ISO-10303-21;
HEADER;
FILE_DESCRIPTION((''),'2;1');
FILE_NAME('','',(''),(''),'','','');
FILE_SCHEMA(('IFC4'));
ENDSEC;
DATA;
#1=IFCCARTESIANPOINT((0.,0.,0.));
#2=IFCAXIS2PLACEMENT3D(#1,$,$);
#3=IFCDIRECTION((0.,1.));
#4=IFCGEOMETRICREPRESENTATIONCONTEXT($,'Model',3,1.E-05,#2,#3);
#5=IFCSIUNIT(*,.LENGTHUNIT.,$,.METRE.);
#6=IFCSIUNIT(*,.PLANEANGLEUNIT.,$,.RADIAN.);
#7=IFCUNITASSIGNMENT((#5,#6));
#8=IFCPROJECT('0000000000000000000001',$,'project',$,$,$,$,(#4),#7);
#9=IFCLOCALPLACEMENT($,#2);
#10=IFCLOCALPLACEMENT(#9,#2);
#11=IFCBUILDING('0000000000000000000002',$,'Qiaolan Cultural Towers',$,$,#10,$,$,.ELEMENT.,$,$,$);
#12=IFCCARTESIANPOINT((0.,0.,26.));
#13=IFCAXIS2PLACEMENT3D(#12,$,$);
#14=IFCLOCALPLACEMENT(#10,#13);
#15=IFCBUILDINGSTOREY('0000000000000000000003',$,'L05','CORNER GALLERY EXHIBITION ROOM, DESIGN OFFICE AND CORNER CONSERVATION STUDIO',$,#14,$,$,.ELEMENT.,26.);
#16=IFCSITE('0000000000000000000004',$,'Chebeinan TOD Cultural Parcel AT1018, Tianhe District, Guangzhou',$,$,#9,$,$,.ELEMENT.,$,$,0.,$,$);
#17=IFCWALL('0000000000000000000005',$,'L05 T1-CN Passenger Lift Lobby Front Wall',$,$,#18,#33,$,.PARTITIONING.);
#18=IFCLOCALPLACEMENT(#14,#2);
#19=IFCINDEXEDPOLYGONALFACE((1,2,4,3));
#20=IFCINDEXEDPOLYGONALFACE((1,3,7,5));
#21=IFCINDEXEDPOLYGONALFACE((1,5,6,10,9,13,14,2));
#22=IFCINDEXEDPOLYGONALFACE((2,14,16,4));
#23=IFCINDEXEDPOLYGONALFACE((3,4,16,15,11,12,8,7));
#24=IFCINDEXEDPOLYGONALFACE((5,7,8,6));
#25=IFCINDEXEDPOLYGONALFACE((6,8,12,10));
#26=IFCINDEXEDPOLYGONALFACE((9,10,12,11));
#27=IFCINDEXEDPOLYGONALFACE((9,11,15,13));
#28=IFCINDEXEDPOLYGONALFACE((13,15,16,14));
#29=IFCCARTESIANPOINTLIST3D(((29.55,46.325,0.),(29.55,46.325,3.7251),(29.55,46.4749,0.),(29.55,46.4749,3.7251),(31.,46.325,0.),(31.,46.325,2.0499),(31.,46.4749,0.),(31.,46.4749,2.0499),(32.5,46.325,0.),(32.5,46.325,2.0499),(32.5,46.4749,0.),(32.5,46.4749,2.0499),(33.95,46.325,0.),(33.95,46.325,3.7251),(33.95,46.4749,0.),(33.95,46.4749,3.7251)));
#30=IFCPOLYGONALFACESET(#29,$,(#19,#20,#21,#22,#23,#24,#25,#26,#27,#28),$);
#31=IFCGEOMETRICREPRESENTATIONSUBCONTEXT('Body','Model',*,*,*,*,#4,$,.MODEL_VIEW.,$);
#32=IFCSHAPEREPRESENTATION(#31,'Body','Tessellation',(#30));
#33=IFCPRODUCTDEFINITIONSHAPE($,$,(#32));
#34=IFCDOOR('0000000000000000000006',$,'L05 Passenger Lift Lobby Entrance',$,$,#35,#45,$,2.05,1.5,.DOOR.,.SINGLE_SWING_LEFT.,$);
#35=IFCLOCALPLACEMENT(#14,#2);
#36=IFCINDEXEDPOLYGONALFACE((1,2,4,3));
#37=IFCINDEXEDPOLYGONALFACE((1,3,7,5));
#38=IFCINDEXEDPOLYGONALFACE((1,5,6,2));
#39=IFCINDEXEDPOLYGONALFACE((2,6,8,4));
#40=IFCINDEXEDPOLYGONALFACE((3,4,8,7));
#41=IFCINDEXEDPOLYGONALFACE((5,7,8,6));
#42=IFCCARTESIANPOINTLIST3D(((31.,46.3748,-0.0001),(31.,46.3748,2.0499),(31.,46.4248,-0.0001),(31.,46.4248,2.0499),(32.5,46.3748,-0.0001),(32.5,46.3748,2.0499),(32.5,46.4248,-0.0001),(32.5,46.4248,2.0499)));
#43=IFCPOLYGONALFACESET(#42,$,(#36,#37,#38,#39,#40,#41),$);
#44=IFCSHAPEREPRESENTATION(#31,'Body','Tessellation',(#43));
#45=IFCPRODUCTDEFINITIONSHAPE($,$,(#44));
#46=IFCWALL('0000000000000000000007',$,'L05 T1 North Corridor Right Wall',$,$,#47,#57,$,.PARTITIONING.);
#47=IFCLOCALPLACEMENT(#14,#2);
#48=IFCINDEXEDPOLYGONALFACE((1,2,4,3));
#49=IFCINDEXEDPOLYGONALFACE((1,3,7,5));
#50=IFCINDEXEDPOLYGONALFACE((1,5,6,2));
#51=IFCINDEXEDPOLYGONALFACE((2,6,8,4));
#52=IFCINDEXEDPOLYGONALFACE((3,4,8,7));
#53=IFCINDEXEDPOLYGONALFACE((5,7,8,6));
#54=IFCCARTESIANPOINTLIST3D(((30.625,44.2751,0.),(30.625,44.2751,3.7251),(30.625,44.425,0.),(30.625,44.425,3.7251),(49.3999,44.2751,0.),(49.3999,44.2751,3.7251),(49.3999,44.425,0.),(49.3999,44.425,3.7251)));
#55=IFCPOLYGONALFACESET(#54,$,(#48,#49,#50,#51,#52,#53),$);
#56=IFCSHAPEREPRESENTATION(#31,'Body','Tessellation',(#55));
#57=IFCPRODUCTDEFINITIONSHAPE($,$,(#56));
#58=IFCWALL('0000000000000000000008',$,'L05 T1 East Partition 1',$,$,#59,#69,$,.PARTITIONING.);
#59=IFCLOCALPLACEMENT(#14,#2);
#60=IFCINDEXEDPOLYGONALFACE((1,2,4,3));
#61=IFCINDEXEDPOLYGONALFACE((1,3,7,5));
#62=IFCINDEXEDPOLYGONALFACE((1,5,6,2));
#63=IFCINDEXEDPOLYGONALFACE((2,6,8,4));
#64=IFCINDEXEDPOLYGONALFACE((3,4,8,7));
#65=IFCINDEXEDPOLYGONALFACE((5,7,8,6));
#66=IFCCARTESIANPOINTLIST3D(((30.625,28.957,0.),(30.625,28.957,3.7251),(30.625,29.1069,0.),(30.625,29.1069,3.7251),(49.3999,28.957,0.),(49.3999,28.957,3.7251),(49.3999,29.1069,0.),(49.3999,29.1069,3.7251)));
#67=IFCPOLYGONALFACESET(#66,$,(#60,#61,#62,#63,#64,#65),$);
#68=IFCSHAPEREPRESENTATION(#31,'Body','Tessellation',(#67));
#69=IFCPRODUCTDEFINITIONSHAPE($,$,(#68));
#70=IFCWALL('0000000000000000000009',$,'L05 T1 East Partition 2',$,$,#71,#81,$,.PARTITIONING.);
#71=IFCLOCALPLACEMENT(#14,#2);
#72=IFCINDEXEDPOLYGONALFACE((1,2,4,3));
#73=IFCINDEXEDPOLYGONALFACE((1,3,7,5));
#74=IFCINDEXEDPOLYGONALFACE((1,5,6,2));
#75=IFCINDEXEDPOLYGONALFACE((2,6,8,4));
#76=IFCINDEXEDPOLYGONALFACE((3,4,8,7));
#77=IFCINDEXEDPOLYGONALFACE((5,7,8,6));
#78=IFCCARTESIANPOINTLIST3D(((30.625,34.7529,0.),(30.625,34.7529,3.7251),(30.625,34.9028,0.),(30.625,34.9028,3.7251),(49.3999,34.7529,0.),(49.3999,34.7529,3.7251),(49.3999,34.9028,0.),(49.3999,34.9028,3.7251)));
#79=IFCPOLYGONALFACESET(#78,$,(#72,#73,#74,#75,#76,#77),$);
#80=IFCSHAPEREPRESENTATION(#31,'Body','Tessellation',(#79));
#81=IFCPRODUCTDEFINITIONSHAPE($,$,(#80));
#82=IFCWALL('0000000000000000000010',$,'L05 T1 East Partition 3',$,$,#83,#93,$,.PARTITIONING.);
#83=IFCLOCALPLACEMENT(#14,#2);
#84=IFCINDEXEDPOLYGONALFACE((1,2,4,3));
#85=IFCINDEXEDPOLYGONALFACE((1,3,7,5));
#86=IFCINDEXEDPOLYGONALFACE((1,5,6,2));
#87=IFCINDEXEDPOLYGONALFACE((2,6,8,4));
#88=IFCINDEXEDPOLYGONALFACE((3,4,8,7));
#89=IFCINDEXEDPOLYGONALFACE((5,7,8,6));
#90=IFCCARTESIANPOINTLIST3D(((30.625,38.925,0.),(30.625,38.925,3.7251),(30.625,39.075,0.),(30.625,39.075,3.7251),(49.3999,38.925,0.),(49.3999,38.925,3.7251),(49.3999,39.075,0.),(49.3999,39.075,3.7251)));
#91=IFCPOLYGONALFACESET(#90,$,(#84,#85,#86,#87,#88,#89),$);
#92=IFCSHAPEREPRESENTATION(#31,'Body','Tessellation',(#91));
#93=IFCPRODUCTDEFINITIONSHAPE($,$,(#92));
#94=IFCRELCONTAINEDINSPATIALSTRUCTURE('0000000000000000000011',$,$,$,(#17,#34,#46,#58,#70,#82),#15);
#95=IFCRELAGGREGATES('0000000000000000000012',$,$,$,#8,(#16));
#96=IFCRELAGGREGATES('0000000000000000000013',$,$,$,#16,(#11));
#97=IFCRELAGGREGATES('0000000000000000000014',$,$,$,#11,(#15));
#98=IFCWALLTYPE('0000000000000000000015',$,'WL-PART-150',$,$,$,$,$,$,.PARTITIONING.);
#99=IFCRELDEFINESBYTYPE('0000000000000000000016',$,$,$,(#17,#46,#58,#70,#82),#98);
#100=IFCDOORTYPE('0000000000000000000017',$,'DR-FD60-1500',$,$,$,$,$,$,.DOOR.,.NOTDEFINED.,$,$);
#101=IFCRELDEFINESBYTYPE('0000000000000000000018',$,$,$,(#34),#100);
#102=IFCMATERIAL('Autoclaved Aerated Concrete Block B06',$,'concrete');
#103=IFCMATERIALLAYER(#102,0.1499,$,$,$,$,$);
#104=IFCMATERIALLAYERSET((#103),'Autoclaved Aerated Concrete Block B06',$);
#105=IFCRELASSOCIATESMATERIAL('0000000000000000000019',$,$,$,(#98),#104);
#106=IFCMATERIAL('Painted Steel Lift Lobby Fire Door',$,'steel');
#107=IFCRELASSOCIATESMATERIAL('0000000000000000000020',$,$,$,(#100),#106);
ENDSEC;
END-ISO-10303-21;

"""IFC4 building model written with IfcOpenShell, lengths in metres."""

from ifc_helpers import new_model, si_unit, direction, frame, frame_2d, origin, place, context, subcontext, project, spatial, rectangle, extrude, material, layer, layer_set, type_object, element, fill, save


model = new_model("IFC4")

# Units and contexts
model_context = context("Model", 3, precision=1e-05, world=origin(), true_north=direction((0.0, 1.0)))
body_context = subcontext(model_context, "Body", "Model", "MODEL_VIEW")
ifc_project = project(units=[si_unit("LENGTHUNIT", "METRE"), si_unit("PLANEANGLEUNIT", "RADIAN")], contexts=[model_context])

# Site, building, storey
site_placement = place(None, origin())
site = spatial("IfcSite", under=ifc_project, at=site_placement, Name="Chebeinan TOD Cultural Parcel AT1018, Tianhe District, Guangzhou", CompositionType="ELEMENT", RefElevation=0.0)
building_placement = place(site_placement, origin())
building = spatial("IfcBuilding", under=site, at=building_placement, Name="Qiaolan Cultural Towers", CompositionType="ELEMENT")
storey_placement = place(building_placement, frame((0.0, 0.0, 26.0)))
storey = spatial("IfcBuildingStorey", under=building, at=storey_placement, Name="L05", Description="CORNER GALLERY EXHIBITION ROOM, DESIGN OFFICE AND CORNER CONSERVATION STUDIO", CompositionType="ELEMENT", Elevation=26.0)

# Wall, opening, door
ifc_material_1 = material(Name="Autoclaved Aerated Concrete Block B06", Category="concrete")
ifc_layer_1 = layer(ifc_material_1, 0.1499)
ifc_layer_set_1 = layer_set([ifc_layer_1], Name="Autoclaved Aerated Concrete Block B06")
wall_type_1 = type_object("IfcWallType", Name="WL-PART-150", PredefinedType="PARTITIONING", material=ifc_layer_set_1)
wall_1_placement = place(storey_placement, frame((29.55, 46.3999, 0.0), z_axis=(0.0, 0.0, 1.0), x_axis=(1.0, 0.0, 0.0)))
wall_1 = element("IfcWall", 1, at=wall_1_placement, inside=storey, type_object=wall_type_1, Name="L05 T1-CN Passenger Lift Lobby Front Wall", PredefinedType="PARTITIONING", context=body_context, shape_type="SweptSolid", body=[
    extrude(rectangle(XDim=4.3999, YDim=0.1499, at=frame_2d((2.2, 0.0))), origin(), (0.0, 0.0, 1.0), 3.7251),
])
opening_1_placement = place(wall_1_placement, frame((1.45, 0.0, 0.0)))
opening_1 = element("IfcOpeningElement", 2, at=opening_1_placement, cuts=wall_1, PredefinedType="OPENING", context=body_context, shape_type="SweptSolid", body=[
    extrude(rectangle(XDim=1.5, YDim=2.05, at=frame_2d((0.75, 1.0249))), frame((0.0, 0.085, 0.0), z_axis=(0.0, -1.0, 0.0), x_axis=(1.0, 0.0, 0.0)), (0.0, 0.0, 1.0), 0.1699),
])
ifc_material_2 = material(Name="Painted Steel Lift Lobby Fire Door", Category="steel")
door_type_1 = type_object("IfcDoorType", Name="DR-FD60-1500", OperationType="NOTDEFINED", PredefinedType="DOOR", material=ifc_material_2)
door_1_placement = place(opening_1_placement, origin())
door_1 = element("IfcDoor", 3, at=door_1_placement, inside=storey, type_object=door_type_1, Name="L05 Passenger Lift Lobby Entrance", OperationType="SINGLE_SWING_LEFT", OverallHeight=2.05, OverallWidth=1.5, PredefinedType="DOOR", context=body_context, shape_type="SweptSolid", body=[
    extrude(rectangle(XDim=1.5, YDim=2.05, at=frame_2d((0.75, 1.0249))), frame((0.0, 0.0249, 0.0), z_axis=(0.0, -1.0, 0.0), x_axis=(1.0, 0.0, 0.0)), (0.0, 0.0, 1.0), 0.05),
])
fill(opening_1, door_1)

# Walls
for number, where, z_axis, x_axis, name in (
    (4, (30.625, 44.3501, 0.0), (0.0, 0.0, 1.0), (1.0, 0.0, 0.0), "L05 T1 North Corridor Right Wall"),
    (5, (30.625, 29.032, 0.0), (0.0, 0.0, 1.0), (1.0, 0.0, 0.0), "L05 T1 East Partition 1"),
    (6, (30.625, 34.8279, 0.0), (0.0, 0.0, 1.0), (1.0, 0.0, 0.0), "L05 T1 East Partition 2"),
    (7, (30.625, 39.0, 0.0), (0.0, 0.0, 1.0), (1.0, 0.0, 0.0), "L05 T1 East Partition 3"),
):
    element("IfcWall", number, at=place(storey_placement, frame(where, z_axis=z_axis, x_axis=x_axis)), inside=storey, type_object=wall_type_1, Name=name, PredefinedType="PARTITIONING", context=body_context, shape_type="SweptSolid", body=[
        extrude(rectangle(XDim=18.7749, YDim=0.1499, at=frame_2d((9.3875, 0.0))), origin(), (0.0, 0.0, 1.0), 3.7251),
    ])

save(model, "model.ifc")
